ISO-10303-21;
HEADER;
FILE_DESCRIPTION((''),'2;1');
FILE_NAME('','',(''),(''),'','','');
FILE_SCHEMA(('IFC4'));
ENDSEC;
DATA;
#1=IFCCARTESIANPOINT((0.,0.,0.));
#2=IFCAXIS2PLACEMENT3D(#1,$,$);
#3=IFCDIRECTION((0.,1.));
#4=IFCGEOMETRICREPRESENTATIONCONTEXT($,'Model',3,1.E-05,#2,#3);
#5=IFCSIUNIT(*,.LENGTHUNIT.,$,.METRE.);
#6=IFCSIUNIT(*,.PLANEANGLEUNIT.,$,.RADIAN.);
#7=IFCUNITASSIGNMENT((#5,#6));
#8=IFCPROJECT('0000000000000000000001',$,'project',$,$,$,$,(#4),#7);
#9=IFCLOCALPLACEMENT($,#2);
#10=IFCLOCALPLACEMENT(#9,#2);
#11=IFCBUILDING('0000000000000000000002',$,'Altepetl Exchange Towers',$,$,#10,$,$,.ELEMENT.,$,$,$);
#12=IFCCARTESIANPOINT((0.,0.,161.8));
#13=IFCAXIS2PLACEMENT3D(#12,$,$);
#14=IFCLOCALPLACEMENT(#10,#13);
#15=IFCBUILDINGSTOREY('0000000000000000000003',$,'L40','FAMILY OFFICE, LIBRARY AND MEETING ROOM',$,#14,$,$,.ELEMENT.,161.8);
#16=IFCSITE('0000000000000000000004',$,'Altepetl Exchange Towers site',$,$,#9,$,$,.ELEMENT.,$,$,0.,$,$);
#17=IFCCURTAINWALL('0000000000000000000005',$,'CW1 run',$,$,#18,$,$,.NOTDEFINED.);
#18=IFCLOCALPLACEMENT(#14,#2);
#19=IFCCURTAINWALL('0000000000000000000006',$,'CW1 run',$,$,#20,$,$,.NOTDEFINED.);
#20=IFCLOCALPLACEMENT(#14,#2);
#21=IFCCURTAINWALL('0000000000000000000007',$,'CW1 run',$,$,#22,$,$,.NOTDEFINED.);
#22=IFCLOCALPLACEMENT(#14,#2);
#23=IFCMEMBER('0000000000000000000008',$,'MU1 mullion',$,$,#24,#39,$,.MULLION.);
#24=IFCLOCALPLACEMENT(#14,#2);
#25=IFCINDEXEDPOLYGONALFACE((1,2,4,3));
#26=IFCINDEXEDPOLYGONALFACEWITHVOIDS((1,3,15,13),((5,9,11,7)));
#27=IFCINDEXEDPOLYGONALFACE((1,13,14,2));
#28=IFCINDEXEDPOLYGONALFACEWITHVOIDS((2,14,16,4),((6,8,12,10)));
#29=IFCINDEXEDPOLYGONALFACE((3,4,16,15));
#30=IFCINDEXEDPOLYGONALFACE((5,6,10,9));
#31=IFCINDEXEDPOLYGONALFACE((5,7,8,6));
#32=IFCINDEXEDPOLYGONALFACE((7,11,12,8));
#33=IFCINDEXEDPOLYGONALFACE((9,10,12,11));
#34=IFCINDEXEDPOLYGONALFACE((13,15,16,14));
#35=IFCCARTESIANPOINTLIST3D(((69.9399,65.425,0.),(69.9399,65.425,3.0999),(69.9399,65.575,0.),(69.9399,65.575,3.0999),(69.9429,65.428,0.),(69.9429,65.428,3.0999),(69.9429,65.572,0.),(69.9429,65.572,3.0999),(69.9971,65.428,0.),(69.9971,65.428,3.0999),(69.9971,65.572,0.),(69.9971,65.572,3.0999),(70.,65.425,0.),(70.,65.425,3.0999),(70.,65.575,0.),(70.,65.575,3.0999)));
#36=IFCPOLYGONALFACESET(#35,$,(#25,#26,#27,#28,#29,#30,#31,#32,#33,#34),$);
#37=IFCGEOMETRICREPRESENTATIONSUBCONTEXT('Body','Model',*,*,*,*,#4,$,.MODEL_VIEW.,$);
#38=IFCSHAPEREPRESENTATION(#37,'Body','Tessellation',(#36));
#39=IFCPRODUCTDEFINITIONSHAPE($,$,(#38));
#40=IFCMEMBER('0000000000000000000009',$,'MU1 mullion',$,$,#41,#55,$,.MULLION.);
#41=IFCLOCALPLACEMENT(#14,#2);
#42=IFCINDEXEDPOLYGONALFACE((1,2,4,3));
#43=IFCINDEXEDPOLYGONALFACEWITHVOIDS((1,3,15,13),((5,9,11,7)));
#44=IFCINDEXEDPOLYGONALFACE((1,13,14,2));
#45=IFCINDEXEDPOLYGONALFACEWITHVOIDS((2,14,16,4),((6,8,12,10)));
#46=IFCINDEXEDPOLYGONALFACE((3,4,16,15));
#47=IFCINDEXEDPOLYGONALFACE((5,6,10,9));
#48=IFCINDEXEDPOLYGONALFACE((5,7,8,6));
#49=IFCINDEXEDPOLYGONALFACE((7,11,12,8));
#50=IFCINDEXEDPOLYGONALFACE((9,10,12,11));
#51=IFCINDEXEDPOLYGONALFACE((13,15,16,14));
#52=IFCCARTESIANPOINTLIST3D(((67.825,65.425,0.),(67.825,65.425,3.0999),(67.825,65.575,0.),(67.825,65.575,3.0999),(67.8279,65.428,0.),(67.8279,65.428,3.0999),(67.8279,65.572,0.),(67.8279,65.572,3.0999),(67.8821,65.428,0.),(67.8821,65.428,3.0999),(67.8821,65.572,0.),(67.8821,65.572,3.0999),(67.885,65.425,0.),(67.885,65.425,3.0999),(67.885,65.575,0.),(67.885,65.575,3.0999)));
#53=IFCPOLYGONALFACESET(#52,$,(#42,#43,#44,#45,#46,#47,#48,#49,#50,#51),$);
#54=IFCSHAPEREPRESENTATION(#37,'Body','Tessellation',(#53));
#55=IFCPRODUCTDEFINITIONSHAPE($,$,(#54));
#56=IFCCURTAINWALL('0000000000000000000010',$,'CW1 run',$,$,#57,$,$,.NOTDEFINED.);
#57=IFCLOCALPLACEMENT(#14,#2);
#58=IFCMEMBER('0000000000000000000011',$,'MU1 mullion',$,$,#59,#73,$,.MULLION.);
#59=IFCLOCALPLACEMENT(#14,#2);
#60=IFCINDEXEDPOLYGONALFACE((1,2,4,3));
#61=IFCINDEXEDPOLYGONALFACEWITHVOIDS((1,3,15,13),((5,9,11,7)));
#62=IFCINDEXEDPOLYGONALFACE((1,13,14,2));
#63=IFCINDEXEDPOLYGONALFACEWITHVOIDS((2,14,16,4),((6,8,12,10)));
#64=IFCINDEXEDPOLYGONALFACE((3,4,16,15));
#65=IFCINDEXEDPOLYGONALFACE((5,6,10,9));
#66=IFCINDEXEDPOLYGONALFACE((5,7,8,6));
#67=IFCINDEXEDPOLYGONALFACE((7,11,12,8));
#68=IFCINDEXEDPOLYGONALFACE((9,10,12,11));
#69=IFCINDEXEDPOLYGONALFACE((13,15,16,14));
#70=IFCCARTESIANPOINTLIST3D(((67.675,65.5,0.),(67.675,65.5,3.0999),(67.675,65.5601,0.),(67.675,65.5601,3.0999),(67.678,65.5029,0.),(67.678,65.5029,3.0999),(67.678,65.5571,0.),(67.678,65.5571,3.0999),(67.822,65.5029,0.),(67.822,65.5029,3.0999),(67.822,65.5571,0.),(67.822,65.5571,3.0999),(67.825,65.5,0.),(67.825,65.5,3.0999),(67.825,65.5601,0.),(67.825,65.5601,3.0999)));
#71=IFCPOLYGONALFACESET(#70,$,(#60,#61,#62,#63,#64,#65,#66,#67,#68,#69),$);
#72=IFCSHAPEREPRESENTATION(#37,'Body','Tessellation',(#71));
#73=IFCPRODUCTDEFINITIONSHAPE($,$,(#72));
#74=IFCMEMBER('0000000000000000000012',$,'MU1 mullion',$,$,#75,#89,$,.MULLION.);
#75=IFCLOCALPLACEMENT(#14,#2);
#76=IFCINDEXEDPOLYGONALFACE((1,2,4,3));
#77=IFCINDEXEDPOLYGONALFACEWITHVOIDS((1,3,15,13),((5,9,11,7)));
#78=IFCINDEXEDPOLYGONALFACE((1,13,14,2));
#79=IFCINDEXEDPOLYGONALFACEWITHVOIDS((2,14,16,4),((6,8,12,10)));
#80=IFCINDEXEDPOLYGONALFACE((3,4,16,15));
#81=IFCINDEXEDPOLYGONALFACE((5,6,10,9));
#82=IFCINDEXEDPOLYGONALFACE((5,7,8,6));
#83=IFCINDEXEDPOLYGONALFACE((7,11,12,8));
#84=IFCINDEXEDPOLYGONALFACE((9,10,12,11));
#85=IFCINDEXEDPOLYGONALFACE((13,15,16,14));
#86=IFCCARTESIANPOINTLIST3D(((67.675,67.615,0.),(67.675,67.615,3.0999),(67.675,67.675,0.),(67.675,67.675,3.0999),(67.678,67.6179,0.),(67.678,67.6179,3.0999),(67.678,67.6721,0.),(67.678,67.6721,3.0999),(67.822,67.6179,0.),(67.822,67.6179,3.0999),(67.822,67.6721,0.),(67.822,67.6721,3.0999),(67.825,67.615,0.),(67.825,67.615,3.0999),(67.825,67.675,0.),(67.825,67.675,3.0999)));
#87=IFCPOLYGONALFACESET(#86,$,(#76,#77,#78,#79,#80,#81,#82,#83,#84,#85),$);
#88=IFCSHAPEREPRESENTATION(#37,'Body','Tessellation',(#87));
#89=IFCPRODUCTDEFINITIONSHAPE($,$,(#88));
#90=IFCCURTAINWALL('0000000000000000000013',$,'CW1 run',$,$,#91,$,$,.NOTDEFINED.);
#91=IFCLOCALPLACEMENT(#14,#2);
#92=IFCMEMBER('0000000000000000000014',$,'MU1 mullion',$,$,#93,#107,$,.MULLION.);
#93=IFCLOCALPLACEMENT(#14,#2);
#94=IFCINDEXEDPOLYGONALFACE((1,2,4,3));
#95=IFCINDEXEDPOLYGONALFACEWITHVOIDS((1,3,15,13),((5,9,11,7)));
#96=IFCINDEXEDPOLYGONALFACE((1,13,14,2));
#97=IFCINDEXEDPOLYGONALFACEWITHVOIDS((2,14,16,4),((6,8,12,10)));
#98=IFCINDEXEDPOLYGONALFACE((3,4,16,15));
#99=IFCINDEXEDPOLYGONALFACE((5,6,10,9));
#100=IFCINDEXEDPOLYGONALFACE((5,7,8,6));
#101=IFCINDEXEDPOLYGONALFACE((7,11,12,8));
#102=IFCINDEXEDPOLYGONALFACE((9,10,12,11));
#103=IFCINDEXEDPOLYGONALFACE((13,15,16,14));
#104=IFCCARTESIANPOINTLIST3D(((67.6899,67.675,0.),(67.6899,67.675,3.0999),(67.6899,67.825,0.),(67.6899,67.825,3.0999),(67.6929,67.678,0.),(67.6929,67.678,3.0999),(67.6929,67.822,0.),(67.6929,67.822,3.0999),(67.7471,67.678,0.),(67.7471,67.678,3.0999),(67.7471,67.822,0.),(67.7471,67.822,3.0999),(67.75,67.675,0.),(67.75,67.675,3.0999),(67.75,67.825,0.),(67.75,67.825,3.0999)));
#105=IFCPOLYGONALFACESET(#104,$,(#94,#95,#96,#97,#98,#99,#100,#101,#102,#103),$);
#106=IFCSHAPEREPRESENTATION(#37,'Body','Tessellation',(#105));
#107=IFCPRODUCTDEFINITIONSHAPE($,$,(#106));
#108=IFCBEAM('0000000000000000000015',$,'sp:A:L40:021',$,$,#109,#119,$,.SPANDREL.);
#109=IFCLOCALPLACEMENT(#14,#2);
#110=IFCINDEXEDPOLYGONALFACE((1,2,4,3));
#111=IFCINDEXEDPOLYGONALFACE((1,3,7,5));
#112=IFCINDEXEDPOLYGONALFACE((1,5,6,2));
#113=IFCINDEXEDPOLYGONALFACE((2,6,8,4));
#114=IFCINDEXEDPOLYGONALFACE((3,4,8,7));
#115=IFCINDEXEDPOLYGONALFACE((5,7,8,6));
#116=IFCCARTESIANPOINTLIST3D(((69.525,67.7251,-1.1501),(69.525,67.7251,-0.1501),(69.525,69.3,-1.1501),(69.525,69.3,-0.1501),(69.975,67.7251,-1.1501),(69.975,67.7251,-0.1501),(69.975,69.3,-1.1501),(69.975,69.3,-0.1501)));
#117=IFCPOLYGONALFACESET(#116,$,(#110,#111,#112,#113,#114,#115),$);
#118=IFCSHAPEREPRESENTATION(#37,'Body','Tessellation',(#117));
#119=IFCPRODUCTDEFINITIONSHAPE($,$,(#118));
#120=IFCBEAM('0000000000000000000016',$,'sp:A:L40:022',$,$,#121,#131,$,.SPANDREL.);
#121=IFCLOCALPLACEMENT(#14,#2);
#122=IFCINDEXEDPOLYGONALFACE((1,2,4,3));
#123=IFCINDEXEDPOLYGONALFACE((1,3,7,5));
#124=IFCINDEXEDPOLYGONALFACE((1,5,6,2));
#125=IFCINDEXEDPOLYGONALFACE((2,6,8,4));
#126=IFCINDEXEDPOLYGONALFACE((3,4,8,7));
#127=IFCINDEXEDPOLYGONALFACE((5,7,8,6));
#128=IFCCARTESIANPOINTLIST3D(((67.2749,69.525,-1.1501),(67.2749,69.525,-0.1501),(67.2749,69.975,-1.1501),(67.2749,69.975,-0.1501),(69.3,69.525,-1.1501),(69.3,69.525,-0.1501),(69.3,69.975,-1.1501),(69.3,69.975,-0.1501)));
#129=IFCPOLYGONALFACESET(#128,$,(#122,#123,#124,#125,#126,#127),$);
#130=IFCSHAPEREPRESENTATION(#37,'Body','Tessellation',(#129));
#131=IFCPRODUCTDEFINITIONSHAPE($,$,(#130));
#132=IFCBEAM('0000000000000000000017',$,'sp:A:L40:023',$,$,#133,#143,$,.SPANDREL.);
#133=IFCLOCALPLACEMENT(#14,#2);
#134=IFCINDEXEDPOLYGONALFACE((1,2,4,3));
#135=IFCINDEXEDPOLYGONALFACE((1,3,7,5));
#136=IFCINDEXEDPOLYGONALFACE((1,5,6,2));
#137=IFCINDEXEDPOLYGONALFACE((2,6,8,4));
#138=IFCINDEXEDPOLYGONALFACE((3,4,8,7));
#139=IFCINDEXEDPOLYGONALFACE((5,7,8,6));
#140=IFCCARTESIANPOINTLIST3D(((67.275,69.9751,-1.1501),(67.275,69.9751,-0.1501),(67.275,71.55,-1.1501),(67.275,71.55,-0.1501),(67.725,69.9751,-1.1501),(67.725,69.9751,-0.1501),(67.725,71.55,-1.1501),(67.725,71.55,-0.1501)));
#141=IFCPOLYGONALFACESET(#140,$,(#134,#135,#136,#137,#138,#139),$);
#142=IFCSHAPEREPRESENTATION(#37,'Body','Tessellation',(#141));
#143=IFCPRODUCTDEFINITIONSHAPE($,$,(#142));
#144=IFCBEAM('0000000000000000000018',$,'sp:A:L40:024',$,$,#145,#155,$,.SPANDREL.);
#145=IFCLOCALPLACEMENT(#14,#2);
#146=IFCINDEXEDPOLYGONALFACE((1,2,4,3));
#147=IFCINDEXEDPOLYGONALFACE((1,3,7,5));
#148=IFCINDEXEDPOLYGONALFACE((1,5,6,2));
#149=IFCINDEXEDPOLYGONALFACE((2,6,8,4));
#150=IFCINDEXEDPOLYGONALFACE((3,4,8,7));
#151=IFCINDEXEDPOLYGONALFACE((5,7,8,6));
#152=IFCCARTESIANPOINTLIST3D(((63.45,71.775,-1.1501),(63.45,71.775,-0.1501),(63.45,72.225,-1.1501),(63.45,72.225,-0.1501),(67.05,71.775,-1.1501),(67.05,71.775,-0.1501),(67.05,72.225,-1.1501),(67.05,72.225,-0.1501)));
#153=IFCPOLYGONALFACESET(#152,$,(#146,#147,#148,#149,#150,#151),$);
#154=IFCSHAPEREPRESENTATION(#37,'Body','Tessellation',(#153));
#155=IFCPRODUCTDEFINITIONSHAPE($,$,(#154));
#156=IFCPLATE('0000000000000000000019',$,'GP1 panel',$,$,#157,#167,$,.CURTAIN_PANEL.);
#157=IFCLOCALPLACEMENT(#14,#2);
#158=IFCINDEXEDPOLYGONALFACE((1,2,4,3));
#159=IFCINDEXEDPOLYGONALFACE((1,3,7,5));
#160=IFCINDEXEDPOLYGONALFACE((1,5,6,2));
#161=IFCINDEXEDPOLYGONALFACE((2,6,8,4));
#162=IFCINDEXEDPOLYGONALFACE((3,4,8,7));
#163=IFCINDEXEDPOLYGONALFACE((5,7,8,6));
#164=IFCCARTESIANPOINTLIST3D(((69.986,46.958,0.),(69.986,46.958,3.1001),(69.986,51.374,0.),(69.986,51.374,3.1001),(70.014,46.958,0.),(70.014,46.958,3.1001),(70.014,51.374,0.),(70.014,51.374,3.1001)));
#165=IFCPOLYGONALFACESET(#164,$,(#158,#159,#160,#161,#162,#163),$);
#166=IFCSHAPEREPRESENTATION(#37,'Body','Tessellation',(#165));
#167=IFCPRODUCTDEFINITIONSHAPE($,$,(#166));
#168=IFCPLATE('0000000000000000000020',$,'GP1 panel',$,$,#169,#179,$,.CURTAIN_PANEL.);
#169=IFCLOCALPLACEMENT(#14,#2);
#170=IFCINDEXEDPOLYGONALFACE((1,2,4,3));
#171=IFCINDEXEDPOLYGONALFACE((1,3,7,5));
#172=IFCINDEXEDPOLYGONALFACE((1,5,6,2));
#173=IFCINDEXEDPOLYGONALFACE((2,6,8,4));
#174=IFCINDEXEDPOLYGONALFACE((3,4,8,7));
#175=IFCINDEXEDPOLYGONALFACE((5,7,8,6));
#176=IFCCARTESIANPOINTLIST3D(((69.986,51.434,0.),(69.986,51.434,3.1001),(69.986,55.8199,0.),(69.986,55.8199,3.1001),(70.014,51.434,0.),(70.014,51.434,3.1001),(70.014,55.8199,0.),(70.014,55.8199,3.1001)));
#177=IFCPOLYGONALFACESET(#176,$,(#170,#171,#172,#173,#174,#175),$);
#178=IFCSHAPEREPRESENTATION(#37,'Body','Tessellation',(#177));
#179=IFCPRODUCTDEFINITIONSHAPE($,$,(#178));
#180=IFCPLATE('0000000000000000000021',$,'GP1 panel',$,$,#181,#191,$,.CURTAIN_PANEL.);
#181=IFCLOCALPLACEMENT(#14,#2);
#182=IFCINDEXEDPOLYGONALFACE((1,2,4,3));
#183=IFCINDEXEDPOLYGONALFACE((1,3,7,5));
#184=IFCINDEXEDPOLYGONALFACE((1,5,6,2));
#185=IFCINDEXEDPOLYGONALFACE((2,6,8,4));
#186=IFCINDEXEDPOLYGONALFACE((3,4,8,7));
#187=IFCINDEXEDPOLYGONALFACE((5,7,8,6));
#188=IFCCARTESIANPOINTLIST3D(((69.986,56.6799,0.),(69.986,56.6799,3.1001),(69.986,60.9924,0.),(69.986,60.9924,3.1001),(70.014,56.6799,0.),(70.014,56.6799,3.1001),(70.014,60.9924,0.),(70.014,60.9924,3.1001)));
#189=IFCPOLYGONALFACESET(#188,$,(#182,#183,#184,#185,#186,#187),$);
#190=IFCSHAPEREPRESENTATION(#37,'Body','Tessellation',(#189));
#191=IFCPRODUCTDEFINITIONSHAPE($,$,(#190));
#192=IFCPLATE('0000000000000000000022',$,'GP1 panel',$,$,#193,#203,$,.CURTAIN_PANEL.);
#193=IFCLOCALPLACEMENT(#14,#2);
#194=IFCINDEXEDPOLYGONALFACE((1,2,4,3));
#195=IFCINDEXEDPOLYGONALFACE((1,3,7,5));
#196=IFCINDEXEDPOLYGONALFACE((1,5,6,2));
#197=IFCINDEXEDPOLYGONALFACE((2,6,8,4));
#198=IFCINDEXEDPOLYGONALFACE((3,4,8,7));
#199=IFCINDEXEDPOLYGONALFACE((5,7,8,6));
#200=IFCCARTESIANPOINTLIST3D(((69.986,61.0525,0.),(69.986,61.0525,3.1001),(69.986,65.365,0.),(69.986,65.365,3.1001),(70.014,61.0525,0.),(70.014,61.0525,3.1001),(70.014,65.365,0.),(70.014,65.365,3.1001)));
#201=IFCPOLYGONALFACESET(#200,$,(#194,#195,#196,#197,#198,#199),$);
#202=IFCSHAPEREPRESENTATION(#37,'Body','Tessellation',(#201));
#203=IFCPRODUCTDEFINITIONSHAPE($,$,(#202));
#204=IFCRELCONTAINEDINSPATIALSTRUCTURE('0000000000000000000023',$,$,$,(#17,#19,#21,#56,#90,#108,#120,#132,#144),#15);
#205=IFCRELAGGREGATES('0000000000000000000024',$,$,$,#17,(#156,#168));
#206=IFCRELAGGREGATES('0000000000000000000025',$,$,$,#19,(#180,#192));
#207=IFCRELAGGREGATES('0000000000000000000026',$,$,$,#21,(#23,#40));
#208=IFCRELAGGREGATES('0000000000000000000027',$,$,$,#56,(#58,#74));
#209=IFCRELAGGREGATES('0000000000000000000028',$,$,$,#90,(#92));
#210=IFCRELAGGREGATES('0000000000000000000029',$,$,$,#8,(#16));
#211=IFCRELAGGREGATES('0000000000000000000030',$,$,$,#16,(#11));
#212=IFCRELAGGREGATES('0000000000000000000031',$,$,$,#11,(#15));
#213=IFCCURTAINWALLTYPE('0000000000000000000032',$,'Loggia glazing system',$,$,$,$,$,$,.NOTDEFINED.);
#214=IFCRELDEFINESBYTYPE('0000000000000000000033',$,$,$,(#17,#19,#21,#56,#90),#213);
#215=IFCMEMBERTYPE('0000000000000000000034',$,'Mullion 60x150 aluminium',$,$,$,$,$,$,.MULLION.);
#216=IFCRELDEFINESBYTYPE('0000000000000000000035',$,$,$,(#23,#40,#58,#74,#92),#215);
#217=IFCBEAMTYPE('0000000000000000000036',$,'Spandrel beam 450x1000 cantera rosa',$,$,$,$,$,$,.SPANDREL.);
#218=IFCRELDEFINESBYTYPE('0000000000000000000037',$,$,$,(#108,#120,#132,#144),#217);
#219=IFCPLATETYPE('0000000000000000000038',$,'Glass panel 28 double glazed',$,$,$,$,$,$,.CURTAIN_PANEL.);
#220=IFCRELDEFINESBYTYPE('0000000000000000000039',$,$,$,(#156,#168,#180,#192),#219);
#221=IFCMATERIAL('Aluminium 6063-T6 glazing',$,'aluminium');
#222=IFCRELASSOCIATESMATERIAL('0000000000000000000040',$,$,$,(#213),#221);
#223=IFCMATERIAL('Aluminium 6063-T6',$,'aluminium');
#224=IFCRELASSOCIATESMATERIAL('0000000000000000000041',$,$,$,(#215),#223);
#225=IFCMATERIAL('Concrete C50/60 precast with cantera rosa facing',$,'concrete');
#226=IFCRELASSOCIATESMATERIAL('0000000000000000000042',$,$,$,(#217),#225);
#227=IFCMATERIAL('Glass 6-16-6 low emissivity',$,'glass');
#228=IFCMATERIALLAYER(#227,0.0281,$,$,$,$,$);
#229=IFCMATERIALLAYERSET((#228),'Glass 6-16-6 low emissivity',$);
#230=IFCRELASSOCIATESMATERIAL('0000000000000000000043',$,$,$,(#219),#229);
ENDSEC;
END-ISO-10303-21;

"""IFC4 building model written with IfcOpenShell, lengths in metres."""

from ifc_helpers import new_model, si_unit, direction, frame, origin, origin_2d, place, context, subcontext, project, spatial, rectangle, hollow_rectangle, extrude, material, layer, layer_set, material_profile, profile_set, type_object, element, aggregate, save


model = new_model("IFC4")

# Units and contexts
model_context = context("Model", 3, precision=1e-05, world=origin(), true_north=direction((0.0, 1.0)))
body_context = subcontext(model_context, "Body", "Model", "MODEL_VIEW")
ifc_project = project(units=[si_unit("LENGTHUNIT", "METRE"), si_unit("PLANEANGLEUNIT", "RADIAN")], contexts=[model_context])

# Site, building, storey
site_placement = place(None, origin())
site = spatial("IfcSite", under=ifc_project, at=site_placement, Name="Altepetl Exchange Towers site", CompositionType="ELEMENT", RefElevation=0.0)
building_placement = place(site_placement, origin())
building = spatial("IfcBuilding", under=site, at=building_placement, Name="Altepetl Exchange Towers", CompositionType="ELEMENT")
storey_placement = place(building_placement, frame((0.0, 0.0, 161.8)))
storey = spatial("IfcBuildingStorey", under=building, at=storey_placement, Name="L40", Description="FAMILY OFFICE, LIBRARY AND MEETING ROOM", CompositionType="ELEMENT", Elevation=161.8)

# Curtain walls, members
ifc_material_1 = material(Name="Aluminium 6063-T6 glazing", Category="aluminium")
curtain_wall_type = type_object("IfcCurtainWallType", Name="Loggia glazing system", PredefinedType="NOTDEFINED", material=ifc_material_1)
curtain_wall_1_placement = place(storey_placement, origin())
curtain_wall_1 = element("IfcCurtainWall", 1, at=curtain_wall_1_placement, inside=storey, type_object=curtain_wall_type, Name="CW1 run", PredefinedType="NOTDEFINED")
ifc_material_2 = material(Name="Aluminium 6063-T6", Category="aluminium")
ifc_material_profile_1 = material_profile(ifc_material_2, hollow_rectangle(XDim=0.0601, YDim=0.1499, WallThickness=0.0029, at=origin_2d()), Name="Mullion 60x150 aluminium")
ifc_profile_set_1 = profile_set([ifc_material_profile_1], Name="Aluminium 6063-T6")
member_type = type_object("IfcMemberType", Name="Mullion 60x150 aluminium", PredefinedType="MULLION", material=ifc_profile_set_1)
curtain_wall_2_placement = place(storey_placement, origin())
curtain_wall_2 = element("IfcCurtainWall", 2, at=curtain_wall_2_placement, inside=storey, type_object=curtain_wall_type, Name="CW1 run", PredefinedType="NOTDEFINED")
curtain_wall_3_placement = place(storey_placement, origin())
curtain_wall_3 = element("IfcCurtainWall", 3, at=curtain_wall_3_placement, inside=storey, type_object=curtain_wall_type, Name="CW1 run", PredefinedType="NOTDEFINED")
member_1_placement = place(storey_placement, frame((69.97, 65.5, 0.0), z_axis=(0.0, 0.0, 1.0), x_axis=(-1.0, 0.0, 0.0)))
member_1 = element("IfcMember", 4, at=member_1_placement, type_object=member_type, Name="MU1 mullion", PredefinedType="MULLION", context=body_context, shape_type="SweptSolid", body=[
    extrude(hollow_rectangle(XDim=0.0601, YDim=0.1499, WallThickness=0.0029, at=origin_2d()), origin(), (0.0, 0.0, 1.0), 3.0999),
])
member_2_placement = place(storey_placement, frame((67.855, 65.5, 0.0), z_axis=(0.0, 0.0, 1.0), x_axis=(-1.0, 0.0, 0.0)))
member_2 = element("IfcMember", 5, at=member_2_placement, type_object=member_type, Name="MU1 mullion", PredefinedType="MULLION", context=body_context, shape_type="SweptSolid", body=[
    extrude(hollow_rectangle(XDim=0.0601, YDim=0.1499, WallThickness=0.0029, at=origin_2d()), origin(), (0.0, 0.0, 1.0), 3.0999),
])
curtain_wall_4_placement = place(storey_placement, origin())
curtain_wall_4 = element("IfcCurtainWall", 6, at=curtain_wall_4_placement, inside=storey, type_object=curtain_wall_type, Name="CW1 run", PredefinedType="NOTDEFINED")
member_3_placement = place(storey_placement, frame((67.75, 65.53, 0.0), z_axis=(0.0, 0.0, 1.0), x_axis=(0.0, 1.0, 0.0)))
member_3 = element("IfcMember", 7, at=member_3_placement, type_object=member_type, Name="MU1 mullion", PredefinedType="MULLION", context=body_context, shape_type="SweptSolid", body=[
    extrude(hollow_rectangle(XDim=0.0601, YDim=0.1499, WallThickness=0.0029, at=origin_2d()), origin(), (0.0, 0.0, 1.0), 3.0999),
])
member_4_placement = place(storey_placement, frame((67.75, 67.645, 0.0), z_axis=(0.0, 0.0, 1.0), x_axis=(0.0, 1.0, 0.0)))
member_4 = element("IfcMember", 8, at=member_4_placement, type_object=member_type, Name="MU1 mullion", PredefinedType="MULLION", context=body_context, shape_type="SweptSolid", body=[
    extrude(hollow_rectangle(XDim=0.0601, YDim=0.1499, WallThickness=0.0029, at=origin_2d()), origin(), (0.0, 0.0, 1.0), 3.0999),
])

# Curtain wall, member
curtain_wall_5_placement = place(storey_placement, origin())
curtain_wall_5 = element("IfcCurtainWall", 9, at=curtain_wall_5_placement, inside=storey, type_object=curtain_wall_type, Name="CW1 run", PredefinedType="NOTDEFINED")
member_5_placement = place(storey_placement, frame((67.72, 67.75, 0.0), z_axis=(0.0, 0.0, 1.0), x_axis=(-1.0, 0.0, 0.0)))
member_5 = element("IfcMember", 10, at=member_5_placement, type_object=member_type, Name="MU1 mullion", PredefinedType="MULLION", context=body_context, shape_type="SweptSolid", body=[
    extrude(hollow_rectangle(XDim=0.0601, YDim=0.1499, WallThickness=0.0029, at=origin_2d()), origin(), (0.0, 0.0, 1.0), 3.0999),
])

# Beams
ifc_material_3 = material(Name="Concrete C50/60 precast with cantera rosa facing", Category="concrete")
ifc_material_profile_2 = material_profile(ifc_material_3, rectangle(XDim=0.45, YDim=1.0, at=origin_2d()), Name="450 x 1000")
ifc_profile_set_2 = profile_set([ifc_material_profile_2], Name="Concrete C50/60 precast with cantera rosa facing")
beam_type_1 = type_object("IfcBeamType", Name="Spandrel beam 450x1000 cantera rosa", PredefinedType="SPANDREL", material=ifc_profile_set_2)
beam_1_placement = place(storey_placement, frame((69.75, 67.7251, -0.6501), z_axis=(0.0, 1.0, 0.0), x_axis=(-1.0, 0.0, 0.0)))
element("IfcBeam", 11, at=beam_1_placement, inside=storey, type_object=beam_type_1, Name="sp:A:L40:021", PredefinedType="SPANDREL", context=body_context, shape_type="SweptSolid", body=[
    extrude(rectangle(XDim=0.45, YDim=1.0, at=origin_2d()), origin(), (0.0, 0.0, 1.0), 1.575),
])
beam_2_placement = place(storey_placement, frame((69.3, 69.75, -0.6501), z_axis=(-1.0, 0.0, 0.0), x_axis=(0.0, -1.0, 0.0)))
element("IfcBeam", 12, at=beam_2_placement, inside=storey, type_object=beam_type_1, Name="sp:A:L40:022", PredefinedType="SPANDREL", context=body_context, shape_type="SweptSolid", body=[
    extrude(rectangle(XDim=0.45, YDim=1.0, at=origin_2d()), origin(), (0.0, 0.0, 1.0), 2.0251),
])
beam_3_placement = place(storey_placement, frame((67.5, 69.9751, -0.6501), z_axis=(0.0, 1.0, 0.0), x_axis=(-1.0, 0.0, 0.0)))
element("IfcBeam", 13, at=beam_3_placement, inside=storey, type_object=beam_type_1, Name="sp:A:L40:023", PredefinedType="SPANDREL", context=body_context, shape_type="SweptSolid", body=[
    extrude(rectangle(XDim=0.45, YDim=1.0, at=origin_2d()), origin(), (0.0, 0.0, 1.0), 1.575),
])
beam_4_placement = place(storey_placement, frame((67.05, 72.0, -0.6501), z_axis=(-1.0, 0.0, 0.0), x_axis=(0.0, -1.0, 0.0)))
element("IfcBeam", 14, at=beam_4_placement, inside=storey, type_object=beam_type_1, Name="sp:A:L40:024", PredefinedType="SPANDREL", context=body_context, shape_type="SweptSolid", body=[
    extrude(rectangle(XDim=0.45, YDim=1.0, at=origin_2d()), origin(), (0.0, 0.0, 1.0), 3.6001),
])

# Plates
ifc_material_4 = material(Name="Glass 6-16-6 low emissivity", Category="glass")
ifc_layer = layer(ifc_material_4, 0.0281)
ifc_layer_set = layer_set([ifc_layer], Name="Glass 6-16-6 low emissivity")
plate_type = type_object("IfcPlateType", Name="Glass panel 28 double glazed", PredefinedType="CURTAIN_PANEL", material=ifc_layer_set)
plate_1_placement = place(storey_placement, frame((70.0, 49.166, 0.0), z_axis=(0.0, 0.0, 1.0), x_axis=(0.0, 1.0, 0.0)))
plate_1 = element("IfcPlate", 15, at=plate_1_placement, type_object=plate_type, Name="GP1 panel", PredefinedType="CURTAIN_PANEL", context=body_context, shape_type="SweptSolid", body=[
    extrude(rectangle(XDim=4.416, YDim=0.0281, at=origin_2d()), origin(), (0.0, 0.0, 1.0), 3.1001),
])
plate_2_placement = place(storey_placement, frame((70.0, 53.627, 0.0), z_axis=(0.0, 0.0, 1.0), x_axis=(0.0, 1.0, 0.0)))
plate_2 = element("IfcPlate", 16, at=plate_2_placement, type_object=plate_type, Name="GP1 panel", PredefinedType="CURTAIN_PANEL", context=body_context, shape_type="SweptSolid", body=[
    extrude(rectangle(XDim=4.386, YDim=0.0281, at=origin_2d()), origin(), (0.0, 0.0, 1.0), 3.1001),
])
aggregate(curtain_wall_1, [plate_1, plate_2])
plate_3_placement = place(storey_placement, frame((70.0, 58.8362, 0.0), z_axis=(0.0, 0.0, 1.0), x_axis=(0.0, 1.0, 0.0)))
plate_3 = element("IfcPlate", 17, at=plate_3_placement, type_object=plate_type, Name="GP1 panel", PredefinedType="CURTAIN_PANEL", context=body_context, shape_type="SweptSolid", body=[
    extrude(rectangle(XDim=4.3125, YDim=0.0281, at=origin_2d()), origin(), (0.0, 0.0, 1.0), 3.1001),
])
plate_4_placement = place(storey_placement, frame((70.0, 63.2087, 0.0), z_axis=(0.0, 0.0, 1.0), x_axis=(0.0, 1.0, 0.0)))
plate_4 = element("IfcPlate", 18, at=plate_4_placement, type_object=plate_type, Name="GP1 panel", PredefinedType="CURTAIN_PANEL", context=body_context, shape_type="SweptSolid", body=[
    extrude(rectangle(XDim=4.3125, YDim=0.0281, at=origin_2d()), origin(), (0.0, 0.0, 1.0), 3.1001),
])
aggregate(curtain_wall_2, [plate_3, plate_4])
aggregate(curtain_wall_3, [member_1, member_2])
aggregate(curtain_wall_4, [member_3, member_4])
aggregate(curtain_wall_5, [member_5])

save(model, "model.ifc")
